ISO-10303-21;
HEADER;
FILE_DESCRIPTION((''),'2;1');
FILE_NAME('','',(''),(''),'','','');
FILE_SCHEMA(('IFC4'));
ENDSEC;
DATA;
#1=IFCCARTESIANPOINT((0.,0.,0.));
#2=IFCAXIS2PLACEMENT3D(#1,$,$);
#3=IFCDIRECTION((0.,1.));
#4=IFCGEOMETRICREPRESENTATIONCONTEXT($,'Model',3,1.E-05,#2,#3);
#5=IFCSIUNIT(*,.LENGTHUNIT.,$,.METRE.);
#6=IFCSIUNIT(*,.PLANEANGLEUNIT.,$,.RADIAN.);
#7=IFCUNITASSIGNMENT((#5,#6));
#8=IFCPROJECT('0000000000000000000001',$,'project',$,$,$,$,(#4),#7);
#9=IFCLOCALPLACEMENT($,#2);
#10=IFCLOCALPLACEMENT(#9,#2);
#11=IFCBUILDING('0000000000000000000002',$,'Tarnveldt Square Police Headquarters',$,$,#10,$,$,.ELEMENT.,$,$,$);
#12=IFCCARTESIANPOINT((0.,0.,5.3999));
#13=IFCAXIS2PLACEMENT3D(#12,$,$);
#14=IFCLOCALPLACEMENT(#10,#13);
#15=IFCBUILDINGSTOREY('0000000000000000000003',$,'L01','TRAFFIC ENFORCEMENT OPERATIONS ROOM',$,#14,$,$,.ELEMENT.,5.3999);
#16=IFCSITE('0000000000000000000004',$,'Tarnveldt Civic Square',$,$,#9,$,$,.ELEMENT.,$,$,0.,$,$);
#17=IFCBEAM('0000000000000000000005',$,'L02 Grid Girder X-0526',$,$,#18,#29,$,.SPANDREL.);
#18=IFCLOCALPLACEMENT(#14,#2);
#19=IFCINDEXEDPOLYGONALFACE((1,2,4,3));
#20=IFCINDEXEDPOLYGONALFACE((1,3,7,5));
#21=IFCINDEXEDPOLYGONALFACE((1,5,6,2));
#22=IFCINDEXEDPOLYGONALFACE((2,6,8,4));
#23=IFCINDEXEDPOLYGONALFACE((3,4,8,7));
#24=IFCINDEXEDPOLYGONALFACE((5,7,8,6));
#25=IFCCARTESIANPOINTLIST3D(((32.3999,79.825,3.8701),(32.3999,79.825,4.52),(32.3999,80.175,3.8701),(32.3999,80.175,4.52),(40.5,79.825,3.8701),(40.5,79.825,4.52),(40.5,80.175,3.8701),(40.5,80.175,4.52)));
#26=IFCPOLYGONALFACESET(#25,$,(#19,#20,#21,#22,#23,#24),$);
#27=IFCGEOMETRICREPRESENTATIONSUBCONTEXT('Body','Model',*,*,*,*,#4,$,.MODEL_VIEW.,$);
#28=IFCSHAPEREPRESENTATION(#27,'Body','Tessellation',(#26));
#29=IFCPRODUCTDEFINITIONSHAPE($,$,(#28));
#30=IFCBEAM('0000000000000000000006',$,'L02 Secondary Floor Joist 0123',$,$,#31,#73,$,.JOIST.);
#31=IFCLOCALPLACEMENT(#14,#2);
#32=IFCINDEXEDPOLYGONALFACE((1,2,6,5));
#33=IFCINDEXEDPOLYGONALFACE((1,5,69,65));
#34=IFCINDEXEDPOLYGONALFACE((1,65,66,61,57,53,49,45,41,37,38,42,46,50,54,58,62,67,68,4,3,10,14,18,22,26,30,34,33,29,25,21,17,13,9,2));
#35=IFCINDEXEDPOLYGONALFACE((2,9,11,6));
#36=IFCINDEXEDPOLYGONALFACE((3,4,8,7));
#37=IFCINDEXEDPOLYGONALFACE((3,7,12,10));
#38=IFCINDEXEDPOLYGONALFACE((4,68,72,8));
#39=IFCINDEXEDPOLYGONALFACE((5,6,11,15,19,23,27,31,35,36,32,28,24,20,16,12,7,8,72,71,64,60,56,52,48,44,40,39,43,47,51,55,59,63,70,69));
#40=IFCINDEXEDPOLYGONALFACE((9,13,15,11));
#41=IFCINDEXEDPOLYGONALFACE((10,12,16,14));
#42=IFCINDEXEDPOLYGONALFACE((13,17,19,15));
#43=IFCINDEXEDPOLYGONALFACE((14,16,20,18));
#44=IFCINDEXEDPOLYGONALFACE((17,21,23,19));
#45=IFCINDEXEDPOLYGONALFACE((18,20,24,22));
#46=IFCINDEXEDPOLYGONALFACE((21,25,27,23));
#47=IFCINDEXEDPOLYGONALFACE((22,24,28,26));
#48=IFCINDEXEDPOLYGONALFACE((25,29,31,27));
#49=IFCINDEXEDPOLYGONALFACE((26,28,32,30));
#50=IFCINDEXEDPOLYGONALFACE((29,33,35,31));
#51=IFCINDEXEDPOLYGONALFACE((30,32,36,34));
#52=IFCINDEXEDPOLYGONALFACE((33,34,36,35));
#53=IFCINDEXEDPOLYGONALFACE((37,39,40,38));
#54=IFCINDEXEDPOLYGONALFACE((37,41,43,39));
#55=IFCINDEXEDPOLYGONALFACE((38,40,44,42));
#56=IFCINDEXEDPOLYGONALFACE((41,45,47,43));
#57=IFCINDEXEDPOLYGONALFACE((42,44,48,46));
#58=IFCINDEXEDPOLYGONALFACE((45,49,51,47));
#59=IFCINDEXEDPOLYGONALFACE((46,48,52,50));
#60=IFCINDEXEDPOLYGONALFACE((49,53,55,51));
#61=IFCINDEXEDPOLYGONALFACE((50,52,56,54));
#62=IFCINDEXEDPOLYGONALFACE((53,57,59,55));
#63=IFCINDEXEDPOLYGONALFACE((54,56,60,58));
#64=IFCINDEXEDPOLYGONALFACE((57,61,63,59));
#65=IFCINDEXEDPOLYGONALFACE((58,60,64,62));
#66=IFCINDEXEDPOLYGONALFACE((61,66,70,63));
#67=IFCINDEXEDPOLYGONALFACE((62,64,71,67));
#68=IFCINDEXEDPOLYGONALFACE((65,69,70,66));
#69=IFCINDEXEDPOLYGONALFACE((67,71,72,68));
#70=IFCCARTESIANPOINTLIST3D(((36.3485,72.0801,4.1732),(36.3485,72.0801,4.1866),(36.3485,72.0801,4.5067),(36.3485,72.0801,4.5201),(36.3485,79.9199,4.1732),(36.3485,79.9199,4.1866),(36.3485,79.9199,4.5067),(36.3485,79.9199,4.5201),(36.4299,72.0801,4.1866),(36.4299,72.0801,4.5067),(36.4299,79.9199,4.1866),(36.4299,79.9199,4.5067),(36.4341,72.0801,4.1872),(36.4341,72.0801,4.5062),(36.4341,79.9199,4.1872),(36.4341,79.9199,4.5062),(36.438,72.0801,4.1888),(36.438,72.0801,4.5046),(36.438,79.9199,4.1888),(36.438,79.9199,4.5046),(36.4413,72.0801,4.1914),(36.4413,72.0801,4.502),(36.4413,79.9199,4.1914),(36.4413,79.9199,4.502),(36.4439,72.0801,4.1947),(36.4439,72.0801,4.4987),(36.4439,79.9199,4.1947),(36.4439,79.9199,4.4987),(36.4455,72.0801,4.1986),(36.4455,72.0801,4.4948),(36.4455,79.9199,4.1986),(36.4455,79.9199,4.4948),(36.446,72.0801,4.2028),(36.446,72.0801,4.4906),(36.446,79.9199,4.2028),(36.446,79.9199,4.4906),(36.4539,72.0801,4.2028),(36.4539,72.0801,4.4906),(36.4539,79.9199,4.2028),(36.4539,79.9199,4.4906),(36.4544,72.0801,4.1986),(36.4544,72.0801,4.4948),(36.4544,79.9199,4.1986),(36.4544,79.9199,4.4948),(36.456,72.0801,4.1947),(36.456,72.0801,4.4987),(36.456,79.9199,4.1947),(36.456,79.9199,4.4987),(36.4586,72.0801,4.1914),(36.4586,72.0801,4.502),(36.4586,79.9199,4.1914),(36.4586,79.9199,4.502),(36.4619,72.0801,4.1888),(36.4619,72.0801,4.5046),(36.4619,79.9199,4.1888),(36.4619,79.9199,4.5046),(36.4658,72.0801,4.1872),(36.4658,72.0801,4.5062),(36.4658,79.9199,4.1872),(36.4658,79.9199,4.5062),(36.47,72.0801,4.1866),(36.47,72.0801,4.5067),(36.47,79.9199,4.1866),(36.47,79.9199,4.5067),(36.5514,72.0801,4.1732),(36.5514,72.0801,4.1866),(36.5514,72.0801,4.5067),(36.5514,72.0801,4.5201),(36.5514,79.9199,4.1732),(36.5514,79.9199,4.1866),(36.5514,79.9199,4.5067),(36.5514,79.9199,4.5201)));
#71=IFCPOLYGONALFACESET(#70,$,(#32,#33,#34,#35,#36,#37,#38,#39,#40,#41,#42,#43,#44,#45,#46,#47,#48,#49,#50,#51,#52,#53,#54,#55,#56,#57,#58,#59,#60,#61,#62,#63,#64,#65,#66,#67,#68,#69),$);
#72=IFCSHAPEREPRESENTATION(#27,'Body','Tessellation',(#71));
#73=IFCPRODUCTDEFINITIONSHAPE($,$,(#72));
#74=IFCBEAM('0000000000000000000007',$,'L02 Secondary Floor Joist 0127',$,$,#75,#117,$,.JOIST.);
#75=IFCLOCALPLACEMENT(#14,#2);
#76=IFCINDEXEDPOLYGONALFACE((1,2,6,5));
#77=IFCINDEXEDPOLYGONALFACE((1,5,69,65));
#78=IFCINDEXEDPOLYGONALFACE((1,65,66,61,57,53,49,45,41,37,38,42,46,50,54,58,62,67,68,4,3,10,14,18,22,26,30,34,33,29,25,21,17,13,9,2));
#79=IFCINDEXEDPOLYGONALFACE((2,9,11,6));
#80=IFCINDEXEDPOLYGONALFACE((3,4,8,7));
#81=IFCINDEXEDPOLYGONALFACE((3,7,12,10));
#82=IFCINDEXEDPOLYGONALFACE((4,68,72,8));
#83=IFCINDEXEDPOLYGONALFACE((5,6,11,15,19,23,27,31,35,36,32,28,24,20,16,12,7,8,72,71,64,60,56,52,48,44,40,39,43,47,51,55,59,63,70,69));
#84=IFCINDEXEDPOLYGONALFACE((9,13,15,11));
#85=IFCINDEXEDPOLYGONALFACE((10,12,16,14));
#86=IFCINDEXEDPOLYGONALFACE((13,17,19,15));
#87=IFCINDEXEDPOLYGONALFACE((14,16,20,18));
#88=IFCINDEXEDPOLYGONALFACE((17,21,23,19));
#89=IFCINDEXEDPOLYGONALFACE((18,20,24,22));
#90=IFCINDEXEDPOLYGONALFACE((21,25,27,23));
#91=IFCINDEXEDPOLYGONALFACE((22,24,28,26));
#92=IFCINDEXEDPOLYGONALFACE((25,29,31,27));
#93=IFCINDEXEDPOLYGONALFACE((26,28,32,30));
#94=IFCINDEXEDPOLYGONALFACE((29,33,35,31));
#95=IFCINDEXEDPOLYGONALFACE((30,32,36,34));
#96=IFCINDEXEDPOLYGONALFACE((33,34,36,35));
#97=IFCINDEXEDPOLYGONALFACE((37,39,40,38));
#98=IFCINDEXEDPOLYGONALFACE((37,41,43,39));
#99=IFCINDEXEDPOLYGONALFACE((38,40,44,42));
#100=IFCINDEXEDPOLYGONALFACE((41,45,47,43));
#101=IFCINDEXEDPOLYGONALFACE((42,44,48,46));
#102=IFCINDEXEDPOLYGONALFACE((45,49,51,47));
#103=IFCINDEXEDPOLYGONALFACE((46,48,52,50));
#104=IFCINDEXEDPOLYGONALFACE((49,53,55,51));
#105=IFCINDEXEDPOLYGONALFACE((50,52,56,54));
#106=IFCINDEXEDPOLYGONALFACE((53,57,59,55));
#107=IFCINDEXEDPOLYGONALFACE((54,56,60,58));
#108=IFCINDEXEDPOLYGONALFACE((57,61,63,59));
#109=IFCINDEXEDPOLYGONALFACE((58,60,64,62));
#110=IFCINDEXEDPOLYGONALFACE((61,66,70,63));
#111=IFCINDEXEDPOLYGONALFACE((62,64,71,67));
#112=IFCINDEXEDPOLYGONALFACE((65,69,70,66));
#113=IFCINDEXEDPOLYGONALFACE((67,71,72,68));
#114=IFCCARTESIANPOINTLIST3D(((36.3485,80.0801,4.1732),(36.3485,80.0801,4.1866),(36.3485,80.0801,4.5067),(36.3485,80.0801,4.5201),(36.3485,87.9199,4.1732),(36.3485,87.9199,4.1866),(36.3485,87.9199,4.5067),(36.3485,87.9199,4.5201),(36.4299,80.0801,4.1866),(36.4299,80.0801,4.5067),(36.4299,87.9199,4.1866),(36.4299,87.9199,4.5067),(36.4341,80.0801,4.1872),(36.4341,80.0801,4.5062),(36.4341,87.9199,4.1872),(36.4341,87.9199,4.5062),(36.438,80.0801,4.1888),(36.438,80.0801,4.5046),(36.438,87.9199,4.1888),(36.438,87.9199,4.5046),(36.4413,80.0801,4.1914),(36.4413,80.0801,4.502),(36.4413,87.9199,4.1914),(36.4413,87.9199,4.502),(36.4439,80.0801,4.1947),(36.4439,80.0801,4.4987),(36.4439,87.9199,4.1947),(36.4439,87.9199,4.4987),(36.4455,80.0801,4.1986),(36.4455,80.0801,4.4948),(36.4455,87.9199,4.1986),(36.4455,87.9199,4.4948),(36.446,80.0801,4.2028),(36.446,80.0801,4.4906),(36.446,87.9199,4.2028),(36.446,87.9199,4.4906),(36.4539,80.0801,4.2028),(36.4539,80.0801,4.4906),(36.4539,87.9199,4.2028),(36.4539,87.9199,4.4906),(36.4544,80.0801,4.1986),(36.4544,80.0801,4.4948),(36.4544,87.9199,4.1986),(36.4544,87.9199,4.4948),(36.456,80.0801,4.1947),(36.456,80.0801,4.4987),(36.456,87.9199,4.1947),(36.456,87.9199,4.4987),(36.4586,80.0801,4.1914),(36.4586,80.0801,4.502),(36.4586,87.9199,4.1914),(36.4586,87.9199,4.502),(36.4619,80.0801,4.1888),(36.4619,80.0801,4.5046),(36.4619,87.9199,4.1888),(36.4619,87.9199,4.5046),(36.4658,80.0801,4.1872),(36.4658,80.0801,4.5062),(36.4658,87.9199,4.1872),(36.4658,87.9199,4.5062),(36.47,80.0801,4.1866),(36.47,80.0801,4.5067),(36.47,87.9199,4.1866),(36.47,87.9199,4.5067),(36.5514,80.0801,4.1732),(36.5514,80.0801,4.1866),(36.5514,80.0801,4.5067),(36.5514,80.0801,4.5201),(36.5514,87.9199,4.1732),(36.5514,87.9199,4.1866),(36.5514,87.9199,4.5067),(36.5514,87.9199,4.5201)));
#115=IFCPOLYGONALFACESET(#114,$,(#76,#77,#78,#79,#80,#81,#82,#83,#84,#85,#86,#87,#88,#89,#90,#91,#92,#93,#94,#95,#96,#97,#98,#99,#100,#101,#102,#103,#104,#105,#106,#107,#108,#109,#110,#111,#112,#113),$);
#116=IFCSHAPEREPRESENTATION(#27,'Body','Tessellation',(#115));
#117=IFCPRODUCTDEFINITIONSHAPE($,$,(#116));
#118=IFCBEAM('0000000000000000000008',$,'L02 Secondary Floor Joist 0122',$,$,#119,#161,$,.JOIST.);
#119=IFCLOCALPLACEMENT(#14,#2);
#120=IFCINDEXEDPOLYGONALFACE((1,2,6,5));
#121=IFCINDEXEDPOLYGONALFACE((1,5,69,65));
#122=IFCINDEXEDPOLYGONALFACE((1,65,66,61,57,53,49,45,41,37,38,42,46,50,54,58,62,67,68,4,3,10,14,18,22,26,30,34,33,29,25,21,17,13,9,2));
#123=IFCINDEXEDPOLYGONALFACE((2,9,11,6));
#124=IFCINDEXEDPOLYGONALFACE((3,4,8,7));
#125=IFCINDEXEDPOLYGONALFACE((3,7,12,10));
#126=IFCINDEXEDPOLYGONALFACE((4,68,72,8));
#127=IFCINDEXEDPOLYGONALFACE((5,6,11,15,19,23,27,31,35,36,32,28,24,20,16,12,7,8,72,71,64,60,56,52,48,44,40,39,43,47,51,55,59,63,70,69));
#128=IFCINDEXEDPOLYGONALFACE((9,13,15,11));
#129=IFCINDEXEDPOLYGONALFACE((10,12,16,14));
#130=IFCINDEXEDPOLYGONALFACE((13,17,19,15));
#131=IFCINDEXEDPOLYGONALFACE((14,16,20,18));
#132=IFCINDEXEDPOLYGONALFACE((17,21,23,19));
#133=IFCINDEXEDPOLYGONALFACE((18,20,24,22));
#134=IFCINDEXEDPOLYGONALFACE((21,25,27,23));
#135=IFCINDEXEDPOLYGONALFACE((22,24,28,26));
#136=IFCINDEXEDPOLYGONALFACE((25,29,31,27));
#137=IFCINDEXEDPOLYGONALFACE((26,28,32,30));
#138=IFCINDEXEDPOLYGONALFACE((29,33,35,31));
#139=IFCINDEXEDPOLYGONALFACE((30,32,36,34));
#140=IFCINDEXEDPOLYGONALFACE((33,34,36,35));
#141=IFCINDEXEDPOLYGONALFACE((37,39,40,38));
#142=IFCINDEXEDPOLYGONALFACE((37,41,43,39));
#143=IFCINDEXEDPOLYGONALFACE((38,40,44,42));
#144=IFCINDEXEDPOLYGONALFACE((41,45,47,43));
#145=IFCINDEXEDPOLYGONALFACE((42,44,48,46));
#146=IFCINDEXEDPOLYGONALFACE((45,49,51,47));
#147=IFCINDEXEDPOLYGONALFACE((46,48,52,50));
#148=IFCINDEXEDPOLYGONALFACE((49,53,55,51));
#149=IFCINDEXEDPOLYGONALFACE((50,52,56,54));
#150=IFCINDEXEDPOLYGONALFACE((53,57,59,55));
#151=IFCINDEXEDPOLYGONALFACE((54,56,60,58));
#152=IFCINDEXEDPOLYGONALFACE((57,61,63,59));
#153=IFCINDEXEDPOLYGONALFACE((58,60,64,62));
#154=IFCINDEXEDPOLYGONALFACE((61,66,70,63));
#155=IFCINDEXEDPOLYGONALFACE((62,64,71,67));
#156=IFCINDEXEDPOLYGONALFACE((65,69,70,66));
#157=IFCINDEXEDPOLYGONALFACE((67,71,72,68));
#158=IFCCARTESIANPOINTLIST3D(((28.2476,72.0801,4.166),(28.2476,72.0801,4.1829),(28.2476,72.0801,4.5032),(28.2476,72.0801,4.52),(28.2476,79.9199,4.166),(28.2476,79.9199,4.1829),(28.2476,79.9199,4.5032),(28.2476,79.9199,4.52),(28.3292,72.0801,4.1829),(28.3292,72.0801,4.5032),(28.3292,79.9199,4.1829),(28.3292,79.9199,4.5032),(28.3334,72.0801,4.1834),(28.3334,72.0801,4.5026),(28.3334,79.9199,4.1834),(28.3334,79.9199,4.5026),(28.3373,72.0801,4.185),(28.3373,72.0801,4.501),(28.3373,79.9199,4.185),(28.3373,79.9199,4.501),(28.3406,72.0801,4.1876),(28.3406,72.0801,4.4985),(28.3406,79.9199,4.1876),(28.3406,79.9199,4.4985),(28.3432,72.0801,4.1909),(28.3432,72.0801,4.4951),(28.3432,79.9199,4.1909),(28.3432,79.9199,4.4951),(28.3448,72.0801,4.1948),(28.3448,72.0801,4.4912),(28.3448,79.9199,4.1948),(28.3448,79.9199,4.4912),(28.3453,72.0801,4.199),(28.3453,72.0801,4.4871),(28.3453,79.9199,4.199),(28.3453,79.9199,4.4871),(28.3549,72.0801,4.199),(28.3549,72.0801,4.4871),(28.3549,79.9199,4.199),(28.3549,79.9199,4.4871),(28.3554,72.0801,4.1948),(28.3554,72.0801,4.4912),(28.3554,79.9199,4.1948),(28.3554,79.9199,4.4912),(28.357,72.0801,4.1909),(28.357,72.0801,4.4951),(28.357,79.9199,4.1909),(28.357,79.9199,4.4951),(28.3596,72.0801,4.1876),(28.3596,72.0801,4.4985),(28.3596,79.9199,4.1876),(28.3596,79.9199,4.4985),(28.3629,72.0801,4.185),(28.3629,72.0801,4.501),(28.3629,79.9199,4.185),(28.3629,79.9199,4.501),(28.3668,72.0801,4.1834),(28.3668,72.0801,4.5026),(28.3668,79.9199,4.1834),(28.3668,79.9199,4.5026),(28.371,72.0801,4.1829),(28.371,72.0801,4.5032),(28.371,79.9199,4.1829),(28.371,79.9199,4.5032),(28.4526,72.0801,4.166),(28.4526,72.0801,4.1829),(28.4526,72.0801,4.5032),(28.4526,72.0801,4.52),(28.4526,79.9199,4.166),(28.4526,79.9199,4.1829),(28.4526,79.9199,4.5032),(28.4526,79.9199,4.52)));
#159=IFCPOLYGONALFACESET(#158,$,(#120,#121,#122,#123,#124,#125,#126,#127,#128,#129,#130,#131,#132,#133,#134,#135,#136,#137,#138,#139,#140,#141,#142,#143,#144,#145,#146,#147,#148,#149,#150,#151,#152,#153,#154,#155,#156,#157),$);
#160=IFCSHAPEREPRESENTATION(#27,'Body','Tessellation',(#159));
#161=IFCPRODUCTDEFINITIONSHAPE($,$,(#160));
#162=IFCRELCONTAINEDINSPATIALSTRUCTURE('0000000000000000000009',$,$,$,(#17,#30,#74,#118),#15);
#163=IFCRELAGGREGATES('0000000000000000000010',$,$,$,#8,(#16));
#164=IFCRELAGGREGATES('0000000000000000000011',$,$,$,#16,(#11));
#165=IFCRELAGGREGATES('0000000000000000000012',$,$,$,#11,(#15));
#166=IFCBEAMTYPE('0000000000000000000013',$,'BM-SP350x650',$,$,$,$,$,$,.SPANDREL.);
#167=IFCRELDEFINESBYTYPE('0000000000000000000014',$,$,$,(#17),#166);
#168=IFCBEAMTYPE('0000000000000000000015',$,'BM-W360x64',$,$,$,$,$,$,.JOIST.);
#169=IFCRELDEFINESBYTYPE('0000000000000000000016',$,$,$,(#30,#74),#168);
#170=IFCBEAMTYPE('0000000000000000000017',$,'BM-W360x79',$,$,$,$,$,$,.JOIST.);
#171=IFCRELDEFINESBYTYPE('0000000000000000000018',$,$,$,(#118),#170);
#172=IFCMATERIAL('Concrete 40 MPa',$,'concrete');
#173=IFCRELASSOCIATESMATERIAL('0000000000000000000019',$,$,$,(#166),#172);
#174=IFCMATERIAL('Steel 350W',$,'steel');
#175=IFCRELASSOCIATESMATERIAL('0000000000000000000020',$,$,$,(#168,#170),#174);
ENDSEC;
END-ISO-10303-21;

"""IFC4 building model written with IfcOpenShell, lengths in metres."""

from ifc_helpers import new_model, si_unit, direction, frame, origin, origin_2d, place, context, subcontext, project, spatial, rectangle, i_section, extrude, material, material_profile, profile_set, type_object, element, save


model = new_model("IFC4")

# Units and contexts
model_context = context("Model", 3, precision=1e-05, world=origin(), true_north=direction((0.0, 1.0)))
body_context = subcontext(model_context, "Body", "Model", "MODEL_VIEW")
ifc_project = project(units=[si_unit("LENGTHUNIT", "METRE"), si_unit("PLANEANGLEUNIT", "RADIAN")], contexts=[model_context])

# Site, building, storey
site_placement = place(None, origin())
site = spatial("IfcSite", under=ifc_project, at=site_placement, Name="Tarnveldt Civic Square", CompositionType="ELEMENT", RefElevation=0.0)
building_placement = place(site_placement, origin())
building = spatial("IfcBuilding", under=site, at=building_placement, Name="Tarnveldt Square Police Headquarters", CompositionType="ELEMENT")
storey_placement = place(building_placement, frame((0.0, 0.0, 5.3999)))
storey = spatial("IfcBuildingStorey", under=building, at=storey_placement, Name="L01", Description="TRAFFIC ENFORCEMENT OPERATIONS ROOM", CompositionType="ELEMENT", Elevation=5.3999)

# Beams
ifc_material_1 = material(Name="Concrete 40 MPa", Category="concrete")
ifc_material_profile_1 = material_profile(ifc_material_1, rectangle(XDim=0.3501, YDim=0.6499, at=origin_2d()), Name="RC-SP350x650")
ifc_profile_set_1 = profile_set([ifc_material_profile_1], Name="Concrete 40 MPa")
beam_type_1 = type_object("IfcBeamType", Name="BM-SP350x650", PredefinedType="SPANDREL", material=ifc_profile_set_1)
beam_1_placement = place(storey_placement, frame((32.3999, 80.0, 4.1951), z_axis=(1.0, 0.0, 0.0), x_axis=(0.0, 1.0, 0.0)))
element("IfcBeam", 1, at=beam_1_placement, inside=storey, type_object=beam_type_1, Name="L02 Grid Girder X-0526", PredefinedType="SPANDREL", context=body_context, shape_type="SweptSolid", body=[
    extrude(rectangle(XDim=0.3501, YDim=0.6499, at=origin_2d()), origin(), (0.0, 0.0, 1.0), 8.1001),
])
ifc_material_2 = material(Name="Steel 350W", Category="steel")
ifc_material_profile_2 = material_profile(ifc_material_2, i_section(OverallWidth=0.2029, OverallDepth=0.3469, WebThickness=0.0078, FlangeThickness=0.0134, FilletRadius=0.0161, at=origin_2d()), Name="W360x64")
ifc_profile_set_2 = profile_set([ifc_material_profile_2], Name="Steel 350W")
beam_type_2 = type_object("IfcBeamType", Name="BM-W360x64", PredefinedType="JOIST", material=ifc_profile_set_2)
for number, where, z_axis, x_axis, name in (
    (2, (36.45, 72.0801, 4.3467), (0.0, 1.0, 0.0), (-1.0, 0.0, 0.0), "L02 Secondary Floor Joist 0123"),
    (3, (36.45, 80.0801, 4.3467), (0.0, 1.0, 0.0), (-1.0, 0.0, 0.0), "L02 Secondary Floor Joist 0127"),
):
    element("IfcBeam", number, at=place(storey_placement, frame(where, z_axis=z_axis, x_axis=x_axis)), inside=storey, type_object=beam_type_2, Name=name, PredefinedType="JOIST", context=body_context, shape_type="SweptSolid", body=[
        extrude(i_section(OverallWidth=0.2029, OverallDepth=0.3469, WebThickness=0.0078, FlangeThickness=0.0134, FilletRadius=0.0161, at=origin_2d()), origin(), (0.0, 0.0, 1.0), 7.8398),
    ])
ifc_material_profile_3 = material_profile(ifc_material_2, i_section(OverallWidth=0.2051, OverallDepth=0.354, WebThickness=0.0095, FlangeThickness=0.0168, FilletRadius=0.0161, at=origin_2d()), Name="W360x79")
ifc_profile_set_3 = profile_set([ifc_material_profile_3], Name="Steel 350W")
beam_type_3 = type_object("IfcBeamType", Name="BM-W360x79", PredefinedType="JOIST", material=ifc_profile_set_3)
for number, where, z_axis, x_axis, name in (
    (4, (28.3501, 72.0801, 4.343), (0.0, 1.0, 0.0), (-1.0, 0.0, 0.0), "L02 Secondary Floor Joist 0122"),
):
    element("IfcBeam", number, at=place(storey_placement, frame(where, z_axis=z_axis, x_axis=x_axis)), inside=storey, type_object=beam_type_3, Name=name, PredefinedType="JOIST", context=body_context, shape_type="SweptSolid", body=[
        extrude(i_section(OverallWidth=0.2051, OverallDepth=0.354, WebThickness=0.0095, FlangeThickness=0.0168, FilletRadius=0.0161, at=origin_2d()), origin(), (0.0, 0.0, 1.0), 7.8398),
    ])

save(model, "model.ifc")
